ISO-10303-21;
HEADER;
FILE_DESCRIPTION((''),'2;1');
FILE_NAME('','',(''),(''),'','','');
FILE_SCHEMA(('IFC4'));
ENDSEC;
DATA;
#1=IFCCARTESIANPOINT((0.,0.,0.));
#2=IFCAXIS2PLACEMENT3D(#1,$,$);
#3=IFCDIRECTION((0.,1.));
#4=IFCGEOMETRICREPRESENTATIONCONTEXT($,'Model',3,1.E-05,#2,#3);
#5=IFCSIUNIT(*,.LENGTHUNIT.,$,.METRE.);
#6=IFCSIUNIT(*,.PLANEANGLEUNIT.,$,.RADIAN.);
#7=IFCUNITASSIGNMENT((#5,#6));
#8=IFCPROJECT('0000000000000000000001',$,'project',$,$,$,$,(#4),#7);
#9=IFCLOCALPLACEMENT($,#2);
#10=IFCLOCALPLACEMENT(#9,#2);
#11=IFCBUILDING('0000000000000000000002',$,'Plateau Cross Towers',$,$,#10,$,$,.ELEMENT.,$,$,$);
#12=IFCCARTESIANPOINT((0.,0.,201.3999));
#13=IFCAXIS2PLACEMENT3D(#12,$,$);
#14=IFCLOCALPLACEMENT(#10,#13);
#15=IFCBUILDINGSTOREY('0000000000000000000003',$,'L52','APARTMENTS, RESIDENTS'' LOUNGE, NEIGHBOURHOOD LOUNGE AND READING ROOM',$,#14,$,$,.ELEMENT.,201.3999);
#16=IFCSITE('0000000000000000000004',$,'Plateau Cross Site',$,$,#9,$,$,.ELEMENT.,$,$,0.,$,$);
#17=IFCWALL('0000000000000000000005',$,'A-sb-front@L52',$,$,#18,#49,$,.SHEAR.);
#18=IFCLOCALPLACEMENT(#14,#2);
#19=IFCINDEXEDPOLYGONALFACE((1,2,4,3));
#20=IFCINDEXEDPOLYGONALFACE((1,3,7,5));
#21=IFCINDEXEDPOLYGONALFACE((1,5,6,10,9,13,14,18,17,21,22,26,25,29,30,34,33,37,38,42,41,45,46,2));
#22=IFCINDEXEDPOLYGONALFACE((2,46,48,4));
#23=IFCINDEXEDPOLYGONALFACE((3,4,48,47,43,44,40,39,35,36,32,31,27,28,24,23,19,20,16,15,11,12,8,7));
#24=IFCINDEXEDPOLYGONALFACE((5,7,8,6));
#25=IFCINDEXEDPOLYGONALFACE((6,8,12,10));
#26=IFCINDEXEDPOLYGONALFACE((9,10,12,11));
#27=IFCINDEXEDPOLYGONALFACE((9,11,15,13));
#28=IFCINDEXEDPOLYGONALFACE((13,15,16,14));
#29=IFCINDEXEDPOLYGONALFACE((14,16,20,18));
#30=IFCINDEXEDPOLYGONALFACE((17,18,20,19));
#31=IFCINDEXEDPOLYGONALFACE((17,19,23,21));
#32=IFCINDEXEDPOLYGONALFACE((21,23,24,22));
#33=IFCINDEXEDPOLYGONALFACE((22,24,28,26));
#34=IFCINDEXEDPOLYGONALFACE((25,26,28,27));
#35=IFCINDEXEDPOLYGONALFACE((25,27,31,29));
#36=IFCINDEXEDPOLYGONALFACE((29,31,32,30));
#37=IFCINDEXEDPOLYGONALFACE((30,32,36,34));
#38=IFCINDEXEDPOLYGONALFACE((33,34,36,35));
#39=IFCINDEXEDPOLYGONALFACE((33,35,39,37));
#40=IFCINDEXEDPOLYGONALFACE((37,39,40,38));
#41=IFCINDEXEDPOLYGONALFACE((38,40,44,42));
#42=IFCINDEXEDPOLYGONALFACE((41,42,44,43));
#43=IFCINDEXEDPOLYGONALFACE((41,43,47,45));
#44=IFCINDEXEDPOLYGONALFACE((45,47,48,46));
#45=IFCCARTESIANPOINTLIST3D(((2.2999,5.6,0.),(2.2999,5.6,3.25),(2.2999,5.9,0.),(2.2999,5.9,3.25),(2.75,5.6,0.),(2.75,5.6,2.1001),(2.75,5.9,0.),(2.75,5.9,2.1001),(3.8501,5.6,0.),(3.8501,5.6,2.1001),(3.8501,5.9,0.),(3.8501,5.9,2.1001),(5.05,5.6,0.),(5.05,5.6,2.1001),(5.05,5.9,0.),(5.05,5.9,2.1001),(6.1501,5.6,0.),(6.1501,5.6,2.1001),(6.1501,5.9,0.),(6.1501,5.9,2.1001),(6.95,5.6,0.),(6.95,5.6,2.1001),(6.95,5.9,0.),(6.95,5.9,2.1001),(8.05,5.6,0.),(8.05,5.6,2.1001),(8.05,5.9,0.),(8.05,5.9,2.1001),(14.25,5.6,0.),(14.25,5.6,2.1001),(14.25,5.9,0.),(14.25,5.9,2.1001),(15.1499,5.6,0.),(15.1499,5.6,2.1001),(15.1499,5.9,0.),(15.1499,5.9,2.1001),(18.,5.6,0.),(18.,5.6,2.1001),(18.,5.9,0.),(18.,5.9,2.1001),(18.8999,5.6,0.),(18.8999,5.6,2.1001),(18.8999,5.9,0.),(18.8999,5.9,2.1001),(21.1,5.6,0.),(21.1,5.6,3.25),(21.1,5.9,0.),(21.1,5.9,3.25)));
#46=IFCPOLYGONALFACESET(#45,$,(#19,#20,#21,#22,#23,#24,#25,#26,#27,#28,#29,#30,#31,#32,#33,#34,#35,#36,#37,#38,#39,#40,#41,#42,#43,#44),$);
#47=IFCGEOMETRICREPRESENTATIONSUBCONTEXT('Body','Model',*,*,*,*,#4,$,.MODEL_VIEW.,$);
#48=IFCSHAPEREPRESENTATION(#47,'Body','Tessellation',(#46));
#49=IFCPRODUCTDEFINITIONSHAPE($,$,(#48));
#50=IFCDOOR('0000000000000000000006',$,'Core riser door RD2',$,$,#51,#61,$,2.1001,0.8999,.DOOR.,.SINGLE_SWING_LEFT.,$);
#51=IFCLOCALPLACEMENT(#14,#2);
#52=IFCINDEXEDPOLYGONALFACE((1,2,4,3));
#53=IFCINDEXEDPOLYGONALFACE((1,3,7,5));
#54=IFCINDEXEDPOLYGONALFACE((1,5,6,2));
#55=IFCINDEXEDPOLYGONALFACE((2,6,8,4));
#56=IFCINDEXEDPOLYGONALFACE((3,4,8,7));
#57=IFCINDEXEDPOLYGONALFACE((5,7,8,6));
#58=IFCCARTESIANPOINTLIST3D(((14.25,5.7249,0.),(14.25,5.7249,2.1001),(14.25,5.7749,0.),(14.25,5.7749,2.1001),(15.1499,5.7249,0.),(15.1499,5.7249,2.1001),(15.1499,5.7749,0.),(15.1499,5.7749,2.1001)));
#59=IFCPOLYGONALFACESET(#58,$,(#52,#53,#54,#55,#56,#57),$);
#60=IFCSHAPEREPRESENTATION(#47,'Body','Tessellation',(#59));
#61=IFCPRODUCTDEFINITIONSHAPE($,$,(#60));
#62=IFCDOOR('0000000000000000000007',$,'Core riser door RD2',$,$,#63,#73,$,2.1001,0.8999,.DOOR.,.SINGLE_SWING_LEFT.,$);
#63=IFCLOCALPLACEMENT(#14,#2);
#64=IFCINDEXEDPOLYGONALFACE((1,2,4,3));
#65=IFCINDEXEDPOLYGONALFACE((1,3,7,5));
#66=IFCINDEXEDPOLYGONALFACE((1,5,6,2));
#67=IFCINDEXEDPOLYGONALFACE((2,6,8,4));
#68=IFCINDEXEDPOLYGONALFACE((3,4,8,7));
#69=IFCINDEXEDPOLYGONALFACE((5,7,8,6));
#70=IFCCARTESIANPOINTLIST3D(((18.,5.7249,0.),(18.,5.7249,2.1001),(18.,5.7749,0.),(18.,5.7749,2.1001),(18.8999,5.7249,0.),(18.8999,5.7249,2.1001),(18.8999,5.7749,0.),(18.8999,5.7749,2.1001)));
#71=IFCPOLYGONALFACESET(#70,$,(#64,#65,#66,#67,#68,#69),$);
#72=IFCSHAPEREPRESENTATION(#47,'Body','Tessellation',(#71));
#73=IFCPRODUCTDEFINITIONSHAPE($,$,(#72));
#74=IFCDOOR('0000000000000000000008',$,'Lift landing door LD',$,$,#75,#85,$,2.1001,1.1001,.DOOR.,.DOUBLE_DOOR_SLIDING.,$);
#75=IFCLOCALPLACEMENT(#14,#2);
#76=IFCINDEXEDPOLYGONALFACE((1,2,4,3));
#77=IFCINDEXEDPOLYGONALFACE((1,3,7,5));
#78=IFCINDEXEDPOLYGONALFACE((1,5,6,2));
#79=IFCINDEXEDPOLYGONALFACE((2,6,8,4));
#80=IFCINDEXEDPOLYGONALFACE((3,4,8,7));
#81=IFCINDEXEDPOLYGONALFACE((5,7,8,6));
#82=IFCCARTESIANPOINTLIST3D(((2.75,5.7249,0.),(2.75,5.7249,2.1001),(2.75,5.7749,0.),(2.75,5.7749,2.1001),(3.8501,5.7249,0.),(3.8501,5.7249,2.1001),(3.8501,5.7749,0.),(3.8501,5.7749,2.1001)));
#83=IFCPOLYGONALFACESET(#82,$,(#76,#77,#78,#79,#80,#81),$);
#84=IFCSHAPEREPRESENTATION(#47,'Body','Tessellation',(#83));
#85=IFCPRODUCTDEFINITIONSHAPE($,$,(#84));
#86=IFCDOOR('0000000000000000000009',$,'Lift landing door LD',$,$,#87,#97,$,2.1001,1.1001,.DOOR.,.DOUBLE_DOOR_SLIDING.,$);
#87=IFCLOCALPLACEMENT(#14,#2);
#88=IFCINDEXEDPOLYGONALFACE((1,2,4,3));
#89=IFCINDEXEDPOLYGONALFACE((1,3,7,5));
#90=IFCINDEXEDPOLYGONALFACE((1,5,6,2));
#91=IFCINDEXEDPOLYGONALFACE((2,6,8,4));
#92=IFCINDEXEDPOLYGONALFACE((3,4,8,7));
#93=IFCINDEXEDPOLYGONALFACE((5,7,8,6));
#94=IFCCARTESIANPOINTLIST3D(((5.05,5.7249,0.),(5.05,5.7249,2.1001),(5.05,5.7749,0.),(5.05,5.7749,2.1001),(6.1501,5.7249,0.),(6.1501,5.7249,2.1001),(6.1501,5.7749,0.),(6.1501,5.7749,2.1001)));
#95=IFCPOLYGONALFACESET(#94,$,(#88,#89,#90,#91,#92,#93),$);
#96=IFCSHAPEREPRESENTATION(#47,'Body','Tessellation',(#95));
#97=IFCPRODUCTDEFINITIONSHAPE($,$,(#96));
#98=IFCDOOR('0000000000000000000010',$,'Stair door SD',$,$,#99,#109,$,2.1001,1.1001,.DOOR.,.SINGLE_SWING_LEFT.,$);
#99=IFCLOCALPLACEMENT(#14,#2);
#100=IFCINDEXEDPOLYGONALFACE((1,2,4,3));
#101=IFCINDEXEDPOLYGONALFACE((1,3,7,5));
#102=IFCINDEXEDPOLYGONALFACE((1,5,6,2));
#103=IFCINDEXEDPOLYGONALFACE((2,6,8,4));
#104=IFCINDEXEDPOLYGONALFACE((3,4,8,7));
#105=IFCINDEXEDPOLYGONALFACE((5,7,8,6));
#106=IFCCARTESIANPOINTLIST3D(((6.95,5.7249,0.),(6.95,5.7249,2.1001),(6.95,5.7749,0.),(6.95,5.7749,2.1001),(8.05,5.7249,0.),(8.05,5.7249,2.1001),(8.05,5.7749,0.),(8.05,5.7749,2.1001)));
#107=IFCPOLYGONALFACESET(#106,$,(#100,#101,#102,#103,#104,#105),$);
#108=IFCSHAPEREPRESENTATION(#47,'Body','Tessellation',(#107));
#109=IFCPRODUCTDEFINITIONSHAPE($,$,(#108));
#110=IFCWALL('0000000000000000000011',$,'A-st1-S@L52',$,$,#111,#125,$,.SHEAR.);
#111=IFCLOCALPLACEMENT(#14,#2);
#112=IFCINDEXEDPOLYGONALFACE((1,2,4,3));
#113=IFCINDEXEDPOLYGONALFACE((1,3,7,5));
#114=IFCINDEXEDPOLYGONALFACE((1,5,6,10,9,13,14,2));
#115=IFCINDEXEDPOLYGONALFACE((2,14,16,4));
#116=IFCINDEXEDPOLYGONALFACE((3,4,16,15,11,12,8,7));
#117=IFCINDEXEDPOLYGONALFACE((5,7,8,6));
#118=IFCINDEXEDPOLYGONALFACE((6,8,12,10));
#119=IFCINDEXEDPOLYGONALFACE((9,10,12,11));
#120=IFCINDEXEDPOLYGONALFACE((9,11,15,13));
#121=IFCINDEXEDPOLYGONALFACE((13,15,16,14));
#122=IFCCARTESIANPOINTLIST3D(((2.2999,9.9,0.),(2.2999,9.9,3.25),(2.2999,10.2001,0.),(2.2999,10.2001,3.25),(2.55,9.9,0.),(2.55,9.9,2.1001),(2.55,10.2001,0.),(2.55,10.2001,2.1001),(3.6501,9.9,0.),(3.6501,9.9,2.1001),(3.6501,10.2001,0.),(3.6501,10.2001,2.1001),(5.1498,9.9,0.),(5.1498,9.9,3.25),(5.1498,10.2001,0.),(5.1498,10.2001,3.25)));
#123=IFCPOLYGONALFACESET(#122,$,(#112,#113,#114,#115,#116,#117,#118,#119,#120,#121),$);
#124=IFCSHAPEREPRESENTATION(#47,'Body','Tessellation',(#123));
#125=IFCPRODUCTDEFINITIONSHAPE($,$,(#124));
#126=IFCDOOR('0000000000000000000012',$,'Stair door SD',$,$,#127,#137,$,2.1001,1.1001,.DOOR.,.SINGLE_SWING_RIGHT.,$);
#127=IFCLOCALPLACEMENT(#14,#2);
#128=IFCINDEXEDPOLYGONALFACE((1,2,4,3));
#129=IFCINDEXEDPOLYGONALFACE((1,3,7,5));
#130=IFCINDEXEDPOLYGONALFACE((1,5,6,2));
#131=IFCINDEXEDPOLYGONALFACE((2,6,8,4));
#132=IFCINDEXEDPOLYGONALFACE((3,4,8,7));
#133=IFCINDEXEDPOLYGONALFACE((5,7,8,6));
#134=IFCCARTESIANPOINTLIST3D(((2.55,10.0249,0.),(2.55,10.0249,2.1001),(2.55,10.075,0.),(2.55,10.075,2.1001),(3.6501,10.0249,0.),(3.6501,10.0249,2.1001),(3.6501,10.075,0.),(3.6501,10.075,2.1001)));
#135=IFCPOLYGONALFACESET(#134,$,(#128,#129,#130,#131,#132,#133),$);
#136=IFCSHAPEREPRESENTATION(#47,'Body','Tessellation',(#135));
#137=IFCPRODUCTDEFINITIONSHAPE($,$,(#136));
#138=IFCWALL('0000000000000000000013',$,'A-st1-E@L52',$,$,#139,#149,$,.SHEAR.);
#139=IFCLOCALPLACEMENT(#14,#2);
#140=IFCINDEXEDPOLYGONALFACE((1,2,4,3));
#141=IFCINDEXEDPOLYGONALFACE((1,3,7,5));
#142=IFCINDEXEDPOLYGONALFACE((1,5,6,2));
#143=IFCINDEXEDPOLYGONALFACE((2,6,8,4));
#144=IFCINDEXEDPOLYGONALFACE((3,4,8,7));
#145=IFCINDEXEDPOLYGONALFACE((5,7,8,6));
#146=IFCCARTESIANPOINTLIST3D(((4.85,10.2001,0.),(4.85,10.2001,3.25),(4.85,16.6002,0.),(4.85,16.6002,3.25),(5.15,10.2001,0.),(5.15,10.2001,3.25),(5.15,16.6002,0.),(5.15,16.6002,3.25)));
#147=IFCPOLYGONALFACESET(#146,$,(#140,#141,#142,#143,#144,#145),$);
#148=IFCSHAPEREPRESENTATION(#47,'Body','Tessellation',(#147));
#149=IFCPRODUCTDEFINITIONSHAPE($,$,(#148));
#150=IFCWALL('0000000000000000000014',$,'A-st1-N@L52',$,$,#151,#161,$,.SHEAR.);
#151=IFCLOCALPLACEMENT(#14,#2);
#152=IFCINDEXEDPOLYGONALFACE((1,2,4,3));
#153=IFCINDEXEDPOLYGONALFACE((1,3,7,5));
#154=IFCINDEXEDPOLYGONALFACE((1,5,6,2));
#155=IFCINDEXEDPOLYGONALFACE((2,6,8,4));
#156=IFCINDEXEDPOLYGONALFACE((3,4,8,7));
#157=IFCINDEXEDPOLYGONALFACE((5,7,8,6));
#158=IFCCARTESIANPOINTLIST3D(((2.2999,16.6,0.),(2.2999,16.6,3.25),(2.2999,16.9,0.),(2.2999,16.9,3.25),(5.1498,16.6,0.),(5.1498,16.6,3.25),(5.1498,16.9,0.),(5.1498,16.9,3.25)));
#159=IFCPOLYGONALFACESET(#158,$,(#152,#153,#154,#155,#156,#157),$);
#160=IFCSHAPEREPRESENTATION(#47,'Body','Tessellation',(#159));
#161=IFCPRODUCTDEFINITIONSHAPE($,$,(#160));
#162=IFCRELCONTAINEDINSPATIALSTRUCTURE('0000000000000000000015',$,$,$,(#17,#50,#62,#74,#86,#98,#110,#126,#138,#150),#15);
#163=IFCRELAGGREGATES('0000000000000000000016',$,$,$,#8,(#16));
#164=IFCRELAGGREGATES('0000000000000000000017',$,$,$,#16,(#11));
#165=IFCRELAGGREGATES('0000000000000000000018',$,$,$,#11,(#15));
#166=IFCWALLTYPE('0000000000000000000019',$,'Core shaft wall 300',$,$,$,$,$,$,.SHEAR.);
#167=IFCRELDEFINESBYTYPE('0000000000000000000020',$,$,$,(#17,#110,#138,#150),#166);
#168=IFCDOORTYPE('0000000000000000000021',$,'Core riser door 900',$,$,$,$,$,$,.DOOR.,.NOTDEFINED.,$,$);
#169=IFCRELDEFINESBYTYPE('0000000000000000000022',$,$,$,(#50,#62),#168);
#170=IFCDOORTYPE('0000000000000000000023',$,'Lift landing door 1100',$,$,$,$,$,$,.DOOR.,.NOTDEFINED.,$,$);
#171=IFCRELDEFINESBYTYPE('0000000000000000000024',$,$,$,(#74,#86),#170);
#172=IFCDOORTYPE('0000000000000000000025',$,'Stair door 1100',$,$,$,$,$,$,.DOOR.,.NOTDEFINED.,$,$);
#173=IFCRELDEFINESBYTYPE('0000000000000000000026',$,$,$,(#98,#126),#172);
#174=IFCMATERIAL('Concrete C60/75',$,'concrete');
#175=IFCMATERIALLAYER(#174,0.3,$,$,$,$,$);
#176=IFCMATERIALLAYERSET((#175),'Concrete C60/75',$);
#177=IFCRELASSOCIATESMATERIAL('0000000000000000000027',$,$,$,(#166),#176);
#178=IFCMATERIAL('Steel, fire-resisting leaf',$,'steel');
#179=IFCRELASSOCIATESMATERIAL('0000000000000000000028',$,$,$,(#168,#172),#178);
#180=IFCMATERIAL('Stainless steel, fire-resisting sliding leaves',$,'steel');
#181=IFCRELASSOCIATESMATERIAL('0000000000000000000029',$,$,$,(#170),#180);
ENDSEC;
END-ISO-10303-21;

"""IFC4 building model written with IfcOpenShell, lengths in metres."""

from ifc_helpers import new_model, si_unit, direction, frame, frame_2d, origin, place, context, subcontext, project, spatial, rectangle, extrude, material, layer, layer_set, type_object, element, fill, save


model = new_model("IFC4")

# Units and contexts
model_context = context("Model", 3, precision=1e-05, world=origin(), true_north=direction((0.0, 1.0)))
body_context = subcontext(model_context, "Body", "Model", "MODEL_VIEW")
ifc_project = project(units=[si_unit("LENGTHUNIT", "METRE"), si_unit("PLANEANGLEUNIT", "RADIAN")], contexts=[model_context])

# Site, building, storey
site_placement = place(None, origin())
site = spatial("IfcSite", under=ifc_project, at=site_placement, Name="Plateau Cross Site", CompositionType="ELEMENT", RefElevation=0.0)
building_placement = place(site_placement, origin())
building = spatial("IfcBuilding", under=site, at=building_placement, Name="Plateau Cross Towers", CompositionType="ELEMENT")
storey_placement = place(building_placement, frame((0.0, 0.0, 201.3999)))
storey = spatial("IfcBuildingStorey", under=building, at=storey_placement, Name="L52", Description="APARTMENTS, RESIDENTS' LOUNGE, NEIGHBOURHOOD LOUNGE AND READING ROOM", CompositionType="ELEMENT", Elevation=201.3999)

# Shared definitions
ifc_material_1 = material(Name="Concrete C60/75", Category="concrete")

# Wall, openings, doors
ifc_layer_1 = layer(ifc_material_1, 0.3)
ifc_layer_set_1 = layer_set([ifc_layer_1], Name="Concrete C60/75")
wall_type_1 = type_object("IfcWallType", Name="Core shaft wall 300", PredefinedType="SHEAR", material=ifc_layer_set_1)
wall_1_placement = place(storey_placement, frame((2.3, 5.75, 0.0), z_axis=(0.0, 0.0, 1.0), x_axis=(1.0, 0.0, 0.0)))
wall_1 = element("IfcWall", 1, at=wall_1_placement, inside=storey, type_object=wall_type_1, Name="A-sb-front@L52", PredefinedType="SHEAR", context=body_context, shape_type="SweptSolid", body=[
    extrude(rectangle(XDim=18.8, YDim=0.3, at=frame_2d((9.3999, 0.0))), origin(), (0.0, 0.0, 1.0), 3.25),
])
opening_1_placement = place(wall_1_placement, frame((4.6499, 0.0, 0.0)))
opening_1 = element("IfcOpeningElement", 2, at=opening_1_placement, cuts=wall_1, PredefinedType="OPENING", context=body_context, shape_type="SweptSolid", body=[
    extrude(rectangle(XDim=1.1001, YDim=2.1001, at=frame_2d((0.55, 1.05))), frame((0.0, 0.1599, 0.0), z_axis=(0.0, -1.0, 0.0), x_axis=(1.0, 0.0, 0.0)), (0.0, 0.0, 1.0), 0.3201),
])
opening_2_placement = place(wall_1_placement, frame((0.45, 0.0, 0.0)))
opening_2 = element("IfcOpeningElement", 3, at=opening_2_placement, cuts=wall_1, PredefinedType="OPENING", context=body_context, shape_type="SweptSolid", body=[
    extrude(rectangle(XDim=1.1001, YDim=2.1001, at=frame_2d((0.55, 1.05))), frame((0.0, 0.1599, 0.0), z_axis=(0.0, -1.0, 0.0), x_axis=(1.0, 0.0, 0.0)), (0.0, 0.0, 1.0), 0.3201),
])
opening_3_placement = place(wall_1_placement, frame((2.75, 0.0, 0.0)))
opening_3 = element("IfcOpeningElement", 4, at=opening_3_placement, cuts=wall_1, PredefinedType="OPENING", context=body_context, shape_type="SweptSolid", body=[
    extrude(rectangle(XDim=1.1001, YDim=2.1001, at=frame_2d((0.55, 1.05))), frame((0.0, 0.1599, 0.0), z_axis=(0.0, -1.0, 0.0), x_axis=(1.0, 0.0, 0.0)), (0.0, 0.0, 1.0), 0.3201),
])
opening_4_placement = place(wall_1_placement, frame((11.95, 0.0, 0.0)))
opening_4 = element("IfcOpeningElement", 5, at=opening_4_placement, cuts=wall_1, PredefinedType="OPENING", context=body_context, shape_type="SweptSolid", body=[
    extrude(rectangle(XDim=0.8999, YDim=2.1001, at=frame_2d((0.45, 1.05))), frame((0.0, 0.1599, 0.0), z_axis=(0.0, -1.0, 0.0), x_axis=(1.0, 0.0, 0.0)), (0.0, 0.0, 1.0), 0.3201),
])
opening_5_placement = place(wall_1_placement, frame((15.7, 0.0, 0.0)))
opening_5 = element("IfcOpeningElement", 6, at=opening_5_placement, cuts=wall_1, PredefinedType="OPENING", context=body_context, shape_type="SweptSolid", body=[
    extrude(rectangle(XDim=0.8999, YDim=2.1001, at=frame_2d((0.45, 1.05))), frame((0.0, 0.1599, 0.0), z_axis=(0.0, -1.0, 0.0), x_axis=(1.0, 0.0, 0.0)), (0.0, 0.0, 1.0), 0.3201),
])
ifc_material_2 = material(Name="Steel, fire-resisting leaf", Category="steel")
door_type_1 = type_object("IfcDoorType", Name="Core riser door 900", OperationType="NOTDEFINED", PredefinedType="DOOR", material=ifc_material_2)
door_1_placement = place(opening_4_placement, origin())
door_1 = element("IfcDoor", 7, at=door_1_placement, inside=storey, type_object=door_type_1, Name="Core riser door RD2", OperationType="SINGLE_SWING_LEFT", OverallHeight=2.1001, OverallWidth=0.8999, PredefinedType="DOOR", context=body_context, shape_type="SweptSolid", body=[
    extrude(rectangle(XDim=0.8999, YDim=2.1001, at=frame_2d((0.45, 1.05))), frame((0.0, 0.0249, 0.0), z_axis=(0.0, -1.0, 0.0), x_axis=(1.0, 0.0, 0.0)), (0.0, 0.0, 1.0), 0.05),
])
fill(opening_4, door_1)
door_2_placement = place(opening_5_placement, origin())
door_2 = element("IfcDoor", 8, at=door_2_placement, inside=storey, type_object=door_type_1, Name="Core riser door RD2", OperationType="SINGLE_SWING_LEFT", OverallHeight=2.1001, OverallWidth=0.8999, PredefinedType="DOOR", context=body_context, shape_type="SweptSolid", body=[
    extrude(rectangle(XDim=0.8999, YDim=2.1001, at=frame_2d((0.45, 1.05))), frame((0.0, 0.0249, 0.0), z_axis=(0.0, -1.0, 0.0), x_axis=(1.0, 0.0, 0.0)), (0.0, 0.0, 1.0), 0.05),
])
fill(opening_5, door_2)
ifc_material_3 = material(Name="Stainless steel, fire-resisting sliding leaves", Category="steel")
door_type_2 = type_object("IfcDoorType", Name="Lift landing door 1100", OperationType="NOTDEFINED", PredefinedType="DOOR", material=ifc_material_3)
door_3_placement = place(opening_2_placement, origin())
door_3 = element("IfcDoor", 9, at=door_3_placement, inside=storey, type_object=door_type_2, Name="Lift landing door LD", OperationType="DOUBLE_DOOR_SLIDING", OverallHeight=2.1001, OverallWidth=1.1001, PredefinedType="DOOR", context=body_context, shape_type="SweptSolid", body=[
    extrude(rectangle(XDim=1.1001, YDim=2.1001, at=frame_2d((0.55, 1.05))), frame((0.0, 0.0249, 0.0), z_axis=(0.0, -1.0, 0.0), x_axis=(1.0, 0.0, 0.0)), (0.0, 0.0, 1.0), 0.05),
])
fill(opening_2, door_3)
door_4_placement = place(opening_3_placement, origin())
door_4 = element("IfcDoor", 10, at=door_4_placement, inside=storey, type_object=door_type_2, Name="Lift landing door LD", OperationType="DOUBLE_DOOR_SLIDING", OverallHeight=2.1001, OverallWidth=1.1001, PredefinedType="DOOR", context=body_context, shape_type="SweptSolid", body=[
    extrude(rectangle(XDim=1.1001, YDim=2.1001, at=frame_2d((0.55, 1.05))), frame((0.0, 0.0249, 0.0), z_axis=(0.0, -1.0, 0.0), x_axis=(1.0, 0.0, 0.0)), (0.0, 0.0, 1.0), 0.05),
])
fill(opening_3, door_4)
door_type_3 = type_object("IfcDoorType", Name="Stair door 1100", OperationType="NOTDEFINED", PredefinedType="DOOR", material=ifc_material_2)
door_5_placement = place(opening_1_placement, origin())
door_5 = element("IfcDoor", 11, at=door_5_placement, inside=storey, type_object=door_type_3, Name="Stair door SD", OperationType="SINGLE_SWING_LEFT", OverallHeight=2.1001, OverallWidth=1.1001, PredefinedType="DOOR", context=body_context, shape_type="SweptSolid", body=[
    extrude(rectangle(XDim=1.1001, YDim=2.1001, at=frame_2d((0.55, 1.05))), frame((0.0, 0.0249, 0.0), z_axis=(0.0, -1.0, 0.0), x_axis=(1.0, 0.0, 0.0)), (0.0, 0.0, 1.0), 0.05),
])
fill(opening_1, door_5)

# Wall, opening, door
wall_2_placement = place(storey_placement, frame((2.3, 10.05, 0.0), z_axis=(0.0, 0.0, 1.0), x_axis=(1.0, 0.0, 0.0)))
wall_2 = element("IfcWall", 12, at=wall_2_placement, inside=storey, type_object=wall_type_1, Name="A-st1-S@L52", PredefinedType="SHEAR", context=body_context, shape_type="SweptSolid", body=[
    extrude(rectangle(XDim=2.8499, YDim=0.3, at=frame_2d((1.4248, 0.0))), origin(), (0.0, 0.0, 1.0), 3.25),
])
opening_6_placement = place(wall_2_placement, frame((0.25, 0.0, 0.0)))
opening_6 = element("IfcOpeningElement", 13, at=opening_6_placement, cuts=wall_2, PredefinedType="OPENING", context=body_context, shape_type="SweptSolid", body=[
    extrude(rectangle(XDim=1.1001, YDim=2.1001, at=frame_2d((0.55, 1.05))), frame((0.0, 0.1599, 0.0), z_axis=(0.0, -1.0, 0.0), x_axis=(1.0, 0.0, 0.0)), (0.0, 0.0, 1.0), 0.3201),
])
door_6_placement = place(opening_6_placement, origin())
door_6 = element("IfcDoor", 14, at=door_6_placement, inside=storey, type_object=door_type_3, Name="Stair door SD", OperationType="SINGLE_SWING_RIGHT", OverallHeight=2.1001, OverallWidth=1.1001, PredefinedType="DOOR", context=body_context, shape_type="SweptSolid", body=[
    extrude(rectangle(XDim=1.1001, YDim=2.1001, at=frame_2d((0.55, 1.05))), frame((0.0, 0.0249, 0.0), z_axis=(0.0, -1.0, 0.0), x_axis=(1.0, 0.0, 0.0)), (0.0, 0.0, 1.0), 0.05),
])
fill(opening_6, door_6)

# Walls
wall_3_placement = place(storey_placement, frame((5.0, 10.2, 0.0), z_axis=(0.0, 0.0, 1.0), x_axis=(0.0, 1.0, 0.0)))
element("IfcWall", 15, at=wall_3_placement, inside=storey, type_object=wall_type_1, Name="A-st1-E@L52", PredefinedType="SHEAR", context=body_context, shape_type="SweptSolid", body=[
    extrude(rectangle(XDim=6.4001, YDim=0.3, at=frame_2d((3.2002, 0.0))), origin(), (0.0, 0.0, 1.0), 3.25),
])
wall_4_placement = place(storey_placement, frame((2.3, 16.75, 0.0), z_axis=(0.0, 0.0, 1.0), x_axis=(1.0, 0.0, 0.0)))
element("IfcWall", 16, at=wall_4_placement, inside=storey, type_object=wall_type_1, Name="A-st1-N@L52", PredefinedType="SHEAR", context=body_context, shape_type="SweptSolid", body=[
    extrude(rectangle(XDim=2.8499, YDim=0.3, at=frame_2d((1.4248, 0.0))), origin(), (0.0, 0.0, 1.0), 3.25),
])

save(model, "model.ifc")
